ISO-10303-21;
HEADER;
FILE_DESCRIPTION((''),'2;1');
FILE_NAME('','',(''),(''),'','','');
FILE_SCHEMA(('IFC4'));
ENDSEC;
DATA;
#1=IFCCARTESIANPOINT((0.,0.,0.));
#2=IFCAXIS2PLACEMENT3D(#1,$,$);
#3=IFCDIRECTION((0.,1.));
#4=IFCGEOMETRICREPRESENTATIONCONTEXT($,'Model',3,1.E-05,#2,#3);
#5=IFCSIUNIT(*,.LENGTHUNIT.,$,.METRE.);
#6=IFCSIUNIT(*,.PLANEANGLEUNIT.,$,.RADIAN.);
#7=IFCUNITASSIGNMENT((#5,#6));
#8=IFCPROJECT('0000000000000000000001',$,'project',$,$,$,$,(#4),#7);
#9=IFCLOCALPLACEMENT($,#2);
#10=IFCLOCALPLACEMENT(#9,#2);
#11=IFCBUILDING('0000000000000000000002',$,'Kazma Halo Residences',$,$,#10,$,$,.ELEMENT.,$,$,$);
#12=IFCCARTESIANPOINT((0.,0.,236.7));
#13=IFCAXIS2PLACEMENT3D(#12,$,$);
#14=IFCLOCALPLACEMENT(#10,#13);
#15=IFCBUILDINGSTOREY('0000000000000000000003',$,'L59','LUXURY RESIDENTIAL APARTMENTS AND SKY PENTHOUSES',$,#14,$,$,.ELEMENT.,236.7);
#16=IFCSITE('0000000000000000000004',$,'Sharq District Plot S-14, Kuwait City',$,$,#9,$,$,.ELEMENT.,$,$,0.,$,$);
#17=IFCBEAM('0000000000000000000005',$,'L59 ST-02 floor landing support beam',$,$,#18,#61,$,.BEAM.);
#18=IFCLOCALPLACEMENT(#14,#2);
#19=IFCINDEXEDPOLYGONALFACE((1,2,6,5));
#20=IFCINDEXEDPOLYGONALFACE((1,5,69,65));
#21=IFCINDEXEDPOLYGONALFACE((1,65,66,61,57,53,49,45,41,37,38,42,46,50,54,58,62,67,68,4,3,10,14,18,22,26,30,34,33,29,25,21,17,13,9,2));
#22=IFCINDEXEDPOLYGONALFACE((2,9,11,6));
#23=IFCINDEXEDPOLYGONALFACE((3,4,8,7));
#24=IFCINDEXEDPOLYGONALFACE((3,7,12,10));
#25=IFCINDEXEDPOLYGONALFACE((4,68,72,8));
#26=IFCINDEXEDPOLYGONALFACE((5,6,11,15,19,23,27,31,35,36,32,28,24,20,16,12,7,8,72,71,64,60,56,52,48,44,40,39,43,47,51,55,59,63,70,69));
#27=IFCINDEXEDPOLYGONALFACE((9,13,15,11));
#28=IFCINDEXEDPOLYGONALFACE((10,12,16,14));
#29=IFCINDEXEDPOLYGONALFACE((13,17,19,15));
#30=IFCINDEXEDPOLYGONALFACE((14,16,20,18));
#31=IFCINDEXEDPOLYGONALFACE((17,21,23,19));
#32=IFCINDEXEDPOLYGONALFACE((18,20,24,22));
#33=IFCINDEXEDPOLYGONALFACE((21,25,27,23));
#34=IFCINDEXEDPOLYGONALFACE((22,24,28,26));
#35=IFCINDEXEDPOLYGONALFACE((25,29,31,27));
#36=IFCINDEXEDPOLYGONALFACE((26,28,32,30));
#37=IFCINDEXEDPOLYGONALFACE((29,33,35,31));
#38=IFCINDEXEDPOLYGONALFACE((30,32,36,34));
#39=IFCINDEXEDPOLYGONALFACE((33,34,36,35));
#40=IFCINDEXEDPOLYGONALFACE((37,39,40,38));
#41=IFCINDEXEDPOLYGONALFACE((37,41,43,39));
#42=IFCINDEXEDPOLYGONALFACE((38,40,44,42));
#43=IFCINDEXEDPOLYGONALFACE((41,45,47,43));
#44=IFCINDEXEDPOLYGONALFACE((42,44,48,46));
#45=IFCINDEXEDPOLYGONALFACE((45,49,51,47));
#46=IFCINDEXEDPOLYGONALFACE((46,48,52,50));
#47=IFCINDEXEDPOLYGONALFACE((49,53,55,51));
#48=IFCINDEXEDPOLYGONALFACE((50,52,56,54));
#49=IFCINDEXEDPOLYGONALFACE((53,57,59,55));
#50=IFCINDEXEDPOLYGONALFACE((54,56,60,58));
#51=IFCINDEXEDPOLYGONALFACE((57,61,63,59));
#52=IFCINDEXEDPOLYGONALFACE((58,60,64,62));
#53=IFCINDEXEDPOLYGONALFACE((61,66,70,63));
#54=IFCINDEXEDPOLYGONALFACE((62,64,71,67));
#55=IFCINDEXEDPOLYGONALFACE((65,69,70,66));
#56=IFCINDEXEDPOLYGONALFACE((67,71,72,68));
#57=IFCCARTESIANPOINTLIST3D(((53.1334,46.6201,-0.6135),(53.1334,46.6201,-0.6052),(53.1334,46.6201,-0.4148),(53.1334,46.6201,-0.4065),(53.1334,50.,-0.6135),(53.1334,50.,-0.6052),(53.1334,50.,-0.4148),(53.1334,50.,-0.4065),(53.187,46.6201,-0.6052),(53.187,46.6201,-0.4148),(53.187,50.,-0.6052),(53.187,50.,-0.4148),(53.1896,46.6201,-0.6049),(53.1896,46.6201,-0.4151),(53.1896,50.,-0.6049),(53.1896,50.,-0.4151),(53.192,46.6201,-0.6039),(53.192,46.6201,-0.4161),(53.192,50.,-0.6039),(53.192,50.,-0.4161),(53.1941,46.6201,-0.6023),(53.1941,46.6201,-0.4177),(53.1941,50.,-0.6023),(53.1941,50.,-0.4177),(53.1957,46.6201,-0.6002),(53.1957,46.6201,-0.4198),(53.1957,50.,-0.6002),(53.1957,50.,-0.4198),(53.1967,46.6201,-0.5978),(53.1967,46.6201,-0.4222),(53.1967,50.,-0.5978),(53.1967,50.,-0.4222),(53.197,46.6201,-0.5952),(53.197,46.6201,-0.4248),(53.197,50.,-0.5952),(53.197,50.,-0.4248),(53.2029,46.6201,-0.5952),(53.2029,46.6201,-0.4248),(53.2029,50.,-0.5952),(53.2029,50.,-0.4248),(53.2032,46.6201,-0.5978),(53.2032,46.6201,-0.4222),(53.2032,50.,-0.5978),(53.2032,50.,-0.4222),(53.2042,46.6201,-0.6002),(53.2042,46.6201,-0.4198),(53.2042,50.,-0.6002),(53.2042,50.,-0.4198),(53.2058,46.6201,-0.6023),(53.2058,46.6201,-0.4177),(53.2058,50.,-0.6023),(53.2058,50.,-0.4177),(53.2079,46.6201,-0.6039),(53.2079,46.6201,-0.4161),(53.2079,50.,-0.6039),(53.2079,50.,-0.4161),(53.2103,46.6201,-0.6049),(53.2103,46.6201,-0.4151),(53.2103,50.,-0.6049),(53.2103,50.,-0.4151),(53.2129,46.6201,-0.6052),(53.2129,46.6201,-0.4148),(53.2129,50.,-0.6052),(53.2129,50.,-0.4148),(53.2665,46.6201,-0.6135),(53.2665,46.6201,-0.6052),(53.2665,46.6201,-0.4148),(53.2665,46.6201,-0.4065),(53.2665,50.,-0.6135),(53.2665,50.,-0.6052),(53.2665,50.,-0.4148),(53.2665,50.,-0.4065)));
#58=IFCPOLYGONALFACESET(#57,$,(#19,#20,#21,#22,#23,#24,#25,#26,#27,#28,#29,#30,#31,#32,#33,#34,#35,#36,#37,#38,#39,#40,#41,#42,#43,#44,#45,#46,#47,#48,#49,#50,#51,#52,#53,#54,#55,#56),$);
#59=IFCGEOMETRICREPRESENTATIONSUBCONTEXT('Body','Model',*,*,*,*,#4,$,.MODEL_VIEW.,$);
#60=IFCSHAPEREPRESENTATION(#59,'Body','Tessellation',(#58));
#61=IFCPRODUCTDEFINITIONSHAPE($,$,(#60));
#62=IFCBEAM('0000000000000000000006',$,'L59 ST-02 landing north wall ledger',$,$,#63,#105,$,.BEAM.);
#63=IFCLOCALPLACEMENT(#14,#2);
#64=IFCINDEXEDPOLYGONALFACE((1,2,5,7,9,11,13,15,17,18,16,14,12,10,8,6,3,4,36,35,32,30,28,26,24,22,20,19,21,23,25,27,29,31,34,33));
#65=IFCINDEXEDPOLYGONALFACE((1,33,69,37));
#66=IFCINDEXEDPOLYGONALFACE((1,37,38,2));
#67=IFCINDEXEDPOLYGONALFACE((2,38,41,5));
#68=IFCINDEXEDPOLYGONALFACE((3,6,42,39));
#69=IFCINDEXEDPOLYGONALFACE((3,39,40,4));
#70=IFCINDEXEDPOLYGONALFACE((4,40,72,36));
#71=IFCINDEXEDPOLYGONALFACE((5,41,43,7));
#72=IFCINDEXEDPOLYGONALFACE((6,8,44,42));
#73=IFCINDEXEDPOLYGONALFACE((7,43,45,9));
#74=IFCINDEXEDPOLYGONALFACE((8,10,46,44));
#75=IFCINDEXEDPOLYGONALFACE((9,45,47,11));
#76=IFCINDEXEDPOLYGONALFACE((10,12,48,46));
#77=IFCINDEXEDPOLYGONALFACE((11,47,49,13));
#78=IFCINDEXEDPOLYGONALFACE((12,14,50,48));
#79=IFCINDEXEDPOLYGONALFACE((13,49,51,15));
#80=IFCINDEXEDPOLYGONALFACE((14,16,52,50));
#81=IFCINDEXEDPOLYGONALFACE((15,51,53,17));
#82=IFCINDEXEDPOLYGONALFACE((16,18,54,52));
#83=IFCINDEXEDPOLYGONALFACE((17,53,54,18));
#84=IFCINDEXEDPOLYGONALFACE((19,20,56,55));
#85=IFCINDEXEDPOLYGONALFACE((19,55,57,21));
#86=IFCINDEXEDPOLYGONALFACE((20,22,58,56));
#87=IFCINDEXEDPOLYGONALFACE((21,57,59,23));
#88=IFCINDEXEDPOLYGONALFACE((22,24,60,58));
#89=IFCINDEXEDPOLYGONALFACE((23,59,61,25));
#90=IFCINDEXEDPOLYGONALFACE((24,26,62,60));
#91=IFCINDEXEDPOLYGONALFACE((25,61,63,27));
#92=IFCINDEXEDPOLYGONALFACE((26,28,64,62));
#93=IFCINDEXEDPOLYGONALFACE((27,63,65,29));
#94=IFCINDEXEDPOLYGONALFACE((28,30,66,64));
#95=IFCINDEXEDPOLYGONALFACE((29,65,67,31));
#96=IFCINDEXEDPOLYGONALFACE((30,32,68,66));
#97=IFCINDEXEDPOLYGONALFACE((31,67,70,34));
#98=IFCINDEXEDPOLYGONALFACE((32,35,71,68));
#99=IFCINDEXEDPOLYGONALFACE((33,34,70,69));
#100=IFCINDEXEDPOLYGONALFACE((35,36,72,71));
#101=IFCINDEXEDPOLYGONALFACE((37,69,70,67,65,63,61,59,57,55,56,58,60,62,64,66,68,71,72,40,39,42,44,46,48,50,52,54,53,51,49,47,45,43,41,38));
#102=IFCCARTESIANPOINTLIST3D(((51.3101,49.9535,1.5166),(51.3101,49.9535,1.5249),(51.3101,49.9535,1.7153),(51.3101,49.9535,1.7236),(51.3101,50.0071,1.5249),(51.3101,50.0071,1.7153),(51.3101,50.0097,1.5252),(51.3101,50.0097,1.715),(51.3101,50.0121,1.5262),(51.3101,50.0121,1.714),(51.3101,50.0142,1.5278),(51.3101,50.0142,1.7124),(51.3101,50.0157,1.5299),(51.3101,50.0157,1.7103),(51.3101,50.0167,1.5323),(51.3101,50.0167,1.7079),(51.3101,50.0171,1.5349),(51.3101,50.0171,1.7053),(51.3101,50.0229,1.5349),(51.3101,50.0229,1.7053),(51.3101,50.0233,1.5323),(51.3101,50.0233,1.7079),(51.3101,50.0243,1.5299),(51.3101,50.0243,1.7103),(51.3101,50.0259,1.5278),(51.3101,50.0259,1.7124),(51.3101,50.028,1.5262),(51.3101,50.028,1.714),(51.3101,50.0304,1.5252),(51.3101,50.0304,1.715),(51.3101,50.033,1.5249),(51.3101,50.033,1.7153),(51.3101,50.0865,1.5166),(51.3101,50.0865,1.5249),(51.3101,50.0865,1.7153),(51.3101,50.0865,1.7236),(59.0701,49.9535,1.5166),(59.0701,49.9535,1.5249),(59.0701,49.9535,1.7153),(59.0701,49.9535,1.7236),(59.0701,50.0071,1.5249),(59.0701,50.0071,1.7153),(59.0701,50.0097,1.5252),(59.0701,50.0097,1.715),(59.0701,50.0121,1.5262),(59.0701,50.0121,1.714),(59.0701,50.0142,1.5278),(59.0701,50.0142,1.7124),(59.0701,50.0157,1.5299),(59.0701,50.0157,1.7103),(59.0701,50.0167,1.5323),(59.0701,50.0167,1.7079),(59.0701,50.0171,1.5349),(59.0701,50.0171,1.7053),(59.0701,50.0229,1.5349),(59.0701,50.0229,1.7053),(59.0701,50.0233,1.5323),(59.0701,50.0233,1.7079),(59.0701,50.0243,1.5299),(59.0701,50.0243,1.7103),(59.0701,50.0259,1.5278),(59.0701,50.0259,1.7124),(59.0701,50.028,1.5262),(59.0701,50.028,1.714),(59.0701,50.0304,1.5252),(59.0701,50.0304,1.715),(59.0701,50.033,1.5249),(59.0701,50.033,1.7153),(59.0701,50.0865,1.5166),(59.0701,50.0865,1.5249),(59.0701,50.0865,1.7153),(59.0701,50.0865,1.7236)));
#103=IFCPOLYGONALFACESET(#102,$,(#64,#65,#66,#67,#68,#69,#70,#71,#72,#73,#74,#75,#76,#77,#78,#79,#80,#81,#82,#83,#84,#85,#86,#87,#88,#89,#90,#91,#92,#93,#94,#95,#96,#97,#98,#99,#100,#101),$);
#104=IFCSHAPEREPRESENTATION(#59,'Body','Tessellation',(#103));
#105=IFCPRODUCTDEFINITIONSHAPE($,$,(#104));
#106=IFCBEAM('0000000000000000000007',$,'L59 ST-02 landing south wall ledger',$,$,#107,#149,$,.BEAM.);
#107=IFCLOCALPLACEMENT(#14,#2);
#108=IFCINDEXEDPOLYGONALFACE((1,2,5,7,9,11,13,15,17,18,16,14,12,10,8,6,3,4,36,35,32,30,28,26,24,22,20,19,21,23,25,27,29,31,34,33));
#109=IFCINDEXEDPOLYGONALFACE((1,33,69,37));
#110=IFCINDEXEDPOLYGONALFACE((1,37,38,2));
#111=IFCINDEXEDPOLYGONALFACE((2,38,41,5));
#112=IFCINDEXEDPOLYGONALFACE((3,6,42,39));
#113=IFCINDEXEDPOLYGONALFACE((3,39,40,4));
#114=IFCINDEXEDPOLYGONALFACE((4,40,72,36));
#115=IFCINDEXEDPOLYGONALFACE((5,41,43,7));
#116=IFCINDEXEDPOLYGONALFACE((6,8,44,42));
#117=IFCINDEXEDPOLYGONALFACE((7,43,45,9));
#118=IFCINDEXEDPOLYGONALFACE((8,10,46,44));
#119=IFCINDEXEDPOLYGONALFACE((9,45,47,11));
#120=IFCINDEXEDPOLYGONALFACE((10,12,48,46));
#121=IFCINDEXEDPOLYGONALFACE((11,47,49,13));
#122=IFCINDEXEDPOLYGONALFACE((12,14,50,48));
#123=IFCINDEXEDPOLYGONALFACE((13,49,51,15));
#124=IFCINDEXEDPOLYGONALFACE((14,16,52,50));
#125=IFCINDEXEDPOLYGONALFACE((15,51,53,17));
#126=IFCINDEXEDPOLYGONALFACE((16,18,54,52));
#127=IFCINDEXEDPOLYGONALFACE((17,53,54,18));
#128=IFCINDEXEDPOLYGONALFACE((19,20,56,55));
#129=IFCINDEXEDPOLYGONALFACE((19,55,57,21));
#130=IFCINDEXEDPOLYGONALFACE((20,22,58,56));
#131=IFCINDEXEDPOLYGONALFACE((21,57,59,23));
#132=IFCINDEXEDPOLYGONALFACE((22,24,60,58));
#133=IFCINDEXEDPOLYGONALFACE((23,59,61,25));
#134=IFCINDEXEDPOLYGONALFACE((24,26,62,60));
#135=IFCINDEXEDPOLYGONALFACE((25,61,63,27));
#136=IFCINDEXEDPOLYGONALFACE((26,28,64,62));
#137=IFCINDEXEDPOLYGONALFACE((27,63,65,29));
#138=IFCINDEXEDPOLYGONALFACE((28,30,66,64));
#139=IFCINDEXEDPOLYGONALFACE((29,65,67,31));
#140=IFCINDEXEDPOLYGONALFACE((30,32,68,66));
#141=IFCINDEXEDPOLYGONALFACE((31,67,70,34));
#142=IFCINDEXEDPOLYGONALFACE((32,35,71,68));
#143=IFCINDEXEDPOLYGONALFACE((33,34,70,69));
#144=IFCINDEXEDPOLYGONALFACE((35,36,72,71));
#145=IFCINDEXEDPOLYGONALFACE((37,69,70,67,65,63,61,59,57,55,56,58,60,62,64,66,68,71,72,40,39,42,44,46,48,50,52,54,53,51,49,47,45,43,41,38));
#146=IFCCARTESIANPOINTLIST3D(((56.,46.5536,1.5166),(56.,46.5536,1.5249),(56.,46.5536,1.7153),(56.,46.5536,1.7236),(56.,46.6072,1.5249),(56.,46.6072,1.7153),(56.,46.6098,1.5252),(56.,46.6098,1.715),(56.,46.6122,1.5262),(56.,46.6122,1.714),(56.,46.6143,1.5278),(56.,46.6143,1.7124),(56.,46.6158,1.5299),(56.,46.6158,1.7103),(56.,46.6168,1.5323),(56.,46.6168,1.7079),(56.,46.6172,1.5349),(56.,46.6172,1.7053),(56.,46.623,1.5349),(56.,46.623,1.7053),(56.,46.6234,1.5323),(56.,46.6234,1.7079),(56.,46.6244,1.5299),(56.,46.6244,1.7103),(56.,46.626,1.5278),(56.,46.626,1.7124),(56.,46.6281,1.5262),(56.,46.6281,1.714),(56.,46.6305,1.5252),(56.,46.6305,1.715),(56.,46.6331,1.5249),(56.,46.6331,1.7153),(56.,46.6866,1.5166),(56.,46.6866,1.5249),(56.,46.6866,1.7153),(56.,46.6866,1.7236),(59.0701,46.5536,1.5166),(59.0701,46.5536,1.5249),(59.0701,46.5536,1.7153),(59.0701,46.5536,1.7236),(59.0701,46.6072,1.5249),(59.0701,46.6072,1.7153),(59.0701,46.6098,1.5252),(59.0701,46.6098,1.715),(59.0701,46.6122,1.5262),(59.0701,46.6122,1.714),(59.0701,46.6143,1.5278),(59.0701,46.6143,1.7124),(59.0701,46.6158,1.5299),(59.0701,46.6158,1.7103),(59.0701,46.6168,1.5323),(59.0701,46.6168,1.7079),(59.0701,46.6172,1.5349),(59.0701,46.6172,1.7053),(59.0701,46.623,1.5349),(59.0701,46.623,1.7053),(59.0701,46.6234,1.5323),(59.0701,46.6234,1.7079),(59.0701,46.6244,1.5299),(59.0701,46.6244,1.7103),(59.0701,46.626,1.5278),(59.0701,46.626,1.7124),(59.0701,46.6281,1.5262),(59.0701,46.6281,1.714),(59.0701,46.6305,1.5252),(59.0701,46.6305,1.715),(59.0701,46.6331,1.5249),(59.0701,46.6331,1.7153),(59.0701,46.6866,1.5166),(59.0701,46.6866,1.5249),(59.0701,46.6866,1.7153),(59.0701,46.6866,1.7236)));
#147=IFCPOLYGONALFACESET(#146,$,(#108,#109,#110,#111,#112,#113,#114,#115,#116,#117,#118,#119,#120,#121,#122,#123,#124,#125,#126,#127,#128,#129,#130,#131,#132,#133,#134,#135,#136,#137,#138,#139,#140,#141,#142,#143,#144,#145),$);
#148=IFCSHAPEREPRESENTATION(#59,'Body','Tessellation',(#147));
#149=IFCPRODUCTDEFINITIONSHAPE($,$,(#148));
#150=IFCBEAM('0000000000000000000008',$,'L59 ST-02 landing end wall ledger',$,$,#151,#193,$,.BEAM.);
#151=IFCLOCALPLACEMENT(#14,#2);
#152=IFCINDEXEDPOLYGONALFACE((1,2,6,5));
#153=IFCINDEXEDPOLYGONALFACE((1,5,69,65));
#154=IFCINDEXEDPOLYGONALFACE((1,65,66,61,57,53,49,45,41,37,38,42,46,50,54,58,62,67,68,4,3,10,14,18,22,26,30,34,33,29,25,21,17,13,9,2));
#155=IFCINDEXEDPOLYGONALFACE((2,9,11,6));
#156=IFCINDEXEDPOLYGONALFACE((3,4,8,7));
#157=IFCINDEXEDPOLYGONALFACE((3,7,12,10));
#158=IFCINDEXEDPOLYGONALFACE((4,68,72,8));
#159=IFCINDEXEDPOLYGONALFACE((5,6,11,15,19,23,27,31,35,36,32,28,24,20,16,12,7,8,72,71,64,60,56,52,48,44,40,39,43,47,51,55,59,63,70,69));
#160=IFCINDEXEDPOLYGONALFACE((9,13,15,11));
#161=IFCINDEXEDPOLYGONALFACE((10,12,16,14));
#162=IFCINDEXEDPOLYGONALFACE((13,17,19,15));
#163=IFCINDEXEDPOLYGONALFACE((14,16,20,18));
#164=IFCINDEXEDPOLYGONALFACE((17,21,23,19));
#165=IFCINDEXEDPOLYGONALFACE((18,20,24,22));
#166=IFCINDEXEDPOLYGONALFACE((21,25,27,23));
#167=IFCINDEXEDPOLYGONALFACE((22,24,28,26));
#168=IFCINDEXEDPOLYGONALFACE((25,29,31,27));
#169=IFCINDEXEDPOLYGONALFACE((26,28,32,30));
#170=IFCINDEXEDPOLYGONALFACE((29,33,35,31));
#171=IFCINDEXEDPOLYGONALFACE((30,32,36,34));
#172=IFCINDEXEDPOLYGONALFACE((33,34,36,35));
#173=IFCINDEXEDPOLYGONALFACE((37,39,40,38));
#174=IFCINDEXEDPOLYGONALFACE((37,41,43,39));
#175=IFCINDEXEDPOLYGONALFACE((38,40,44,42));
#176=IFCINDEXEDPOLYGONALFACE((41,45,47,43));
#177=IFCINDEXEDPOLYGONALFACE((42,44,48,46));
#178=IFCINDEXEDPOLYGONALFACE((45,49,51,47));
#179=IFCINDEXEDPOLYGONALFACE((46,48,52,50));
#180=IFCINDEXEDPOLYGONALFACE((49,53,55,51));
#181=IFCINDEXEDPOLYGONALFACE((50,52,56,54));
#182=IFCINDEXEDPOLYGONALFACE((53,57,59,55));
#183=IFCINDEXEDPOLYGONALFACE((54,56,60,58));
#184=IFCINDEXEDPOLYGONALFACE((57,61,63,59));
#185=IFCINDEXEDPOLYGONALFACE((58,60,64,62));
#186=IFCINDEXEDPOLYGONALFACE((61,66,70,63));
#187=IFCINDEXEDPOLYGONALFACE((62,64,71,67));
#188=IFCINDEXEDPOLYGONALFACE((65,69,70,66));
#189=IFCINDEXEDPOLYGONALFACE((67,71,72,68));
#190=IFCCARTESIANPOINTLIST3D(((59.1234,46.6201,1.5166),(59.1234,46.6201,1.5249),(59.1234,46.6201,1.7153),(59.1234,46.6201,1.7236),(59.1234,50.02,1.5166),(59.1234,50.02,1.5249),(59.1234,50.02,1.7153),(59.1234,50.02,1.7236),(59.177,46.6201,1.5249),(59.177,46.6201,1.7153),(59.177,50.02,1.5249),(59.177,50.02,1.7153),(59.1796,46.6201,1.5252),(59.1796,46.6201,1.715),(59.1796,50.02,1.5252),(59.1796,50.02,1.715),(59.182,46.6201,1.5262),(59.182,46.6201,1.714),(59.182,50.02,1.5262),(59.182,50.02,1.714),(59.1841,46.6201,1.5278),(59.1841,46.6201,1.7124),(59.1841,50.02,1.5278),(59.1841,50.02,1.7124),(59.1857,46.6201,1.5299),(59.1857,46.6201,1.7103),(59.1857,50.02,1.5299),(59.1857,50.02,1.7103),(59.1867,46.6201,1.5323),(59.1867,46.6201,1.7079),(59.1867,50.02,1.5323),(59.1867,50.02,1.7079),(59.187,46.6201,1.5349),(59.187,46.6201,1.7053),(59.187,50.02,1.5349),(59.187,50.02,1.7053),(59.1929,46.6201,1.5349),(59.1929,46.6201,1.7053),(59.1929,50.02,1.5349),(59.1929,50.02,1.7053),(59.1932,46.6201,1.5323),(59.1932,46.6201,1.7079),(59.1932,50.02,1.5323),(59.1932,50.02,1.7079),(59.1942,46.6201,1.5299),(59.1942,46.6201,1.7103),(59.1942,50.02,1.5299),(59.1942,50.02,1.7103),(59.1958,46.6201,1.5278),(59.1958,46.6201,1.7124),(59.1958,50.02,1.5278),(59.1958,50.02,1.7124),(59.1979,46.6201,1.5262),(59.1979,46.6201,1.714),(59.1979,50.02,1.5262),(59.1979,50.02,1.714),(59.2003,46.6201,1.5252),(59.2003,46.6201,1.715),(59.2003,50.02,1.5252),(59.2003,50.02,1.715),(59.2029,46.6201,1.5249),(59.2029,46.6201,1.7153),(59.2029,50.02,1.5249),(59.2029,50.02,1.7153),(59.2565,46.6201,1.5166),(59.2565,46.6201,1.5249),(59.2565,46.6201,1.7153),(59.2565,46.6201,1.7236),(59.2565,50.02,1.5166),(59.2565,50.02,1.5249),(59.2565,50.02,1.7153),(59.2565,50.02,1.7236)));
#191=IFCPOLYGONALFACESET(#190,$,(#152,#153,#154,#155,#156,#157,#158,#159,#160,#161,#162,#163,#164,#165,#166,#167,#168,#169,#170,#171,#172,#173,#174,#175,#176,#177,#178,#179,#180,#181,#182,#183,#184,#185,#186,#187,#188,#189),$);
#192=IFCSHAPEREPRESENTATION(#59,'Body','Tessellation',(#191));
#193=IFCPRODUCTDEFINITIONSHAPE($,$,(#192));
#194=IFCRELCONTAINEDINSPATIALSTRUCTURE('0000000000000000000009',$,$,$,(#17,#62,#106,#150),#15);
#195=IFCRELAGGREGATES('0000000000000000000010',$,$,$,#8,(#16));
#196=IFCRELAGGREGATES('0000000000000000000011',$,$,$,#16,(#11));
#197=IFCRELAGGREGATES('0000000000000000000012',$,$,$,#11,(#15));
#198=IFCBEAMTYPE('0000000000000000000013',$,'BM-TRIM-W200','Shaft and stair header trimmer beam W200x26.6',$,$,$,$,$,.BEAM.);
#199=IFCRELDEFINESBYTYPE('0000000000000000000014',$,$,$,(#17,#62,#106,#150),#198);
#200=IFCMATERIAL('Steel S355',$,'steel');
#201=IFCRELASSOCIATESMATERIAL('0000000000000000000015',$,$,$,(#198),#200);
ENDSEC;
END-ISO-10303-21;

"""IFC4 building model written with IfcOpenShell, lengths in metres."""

from ifc_helpers import new_model, si_unit, direction, frame, origin, origin_2d, place, context, subcontext, project, spatial, i_section, extrude, material, material_profile, profile_set, type_object, element, save


model = new_model("IFC4")

# Units and contexts
model_context = context("Model", 3, precision=1e-05, world=origin(), true_north=direction((0.0, 1.0)))
body_context = subcontext(model_context, "Body", "Model", "MODEL_VIEW")
ifc_project = project(units=[si_unit("LENGTHUNIT", "METRE"), si_unit("PLANEANGLEUNIT", "RADIAN")], contexts=[model_context])

# Site, building, storey
site_placement = place(None, origin())
site = spatial("IfcSite", under=ifc_project, at=site_placement, Name="Sharq District Plot S-14, Kuwait City", CompositionType="ELEMENT", RefElevation=0.0)
building_placement = place(site_placement, origin())
building = spatial("IfcBuilding", under=site, at=building_placement, Name="Kazma Halo Residences", CompositionType="ELEMENT")
storey_placement = place(building_placement, frame((0.0, 0.0, 236.7)))
storey = spatial("IfcBuildingStorey", under=building, at=storey_placement, Name="L59", Description="LUXURY RESIDENTIAL APARTMENTS AND SKY PENTHOUSES", CompositionType="ELEMENT", Elevation=236.7)

# Shared definitions
ifc_material_1 = material(Name="Steel S355", Category="steel")

# Beams
ifc_material_profile_1 = material_profile(ifc_material_1, i_section(OverallWidth=0.1331, OverallDepth=0.207, WebThickness=0.0059, FlangeThickness=0.0083, FilletRadius=0.01, at=origin_2d()), Name="W200x26.6")
ifc_profile_set_1 = profile_set([ifc_material_profile_1], Name="Steel S355")
beam_type_1 = type_object("IfcBeamType", Name="BM-TRIM-W200", Description="Shaft and stair header trimmer beam W200x26.6", PredefinedType="BEAM", material=ifc_profile_set_1)
beam_1_placement = place(storey_placement, frame((53.2, 46.6201, -0.51), z_axis=(0.0, 1.0, 0.0), x_axis=(-1.0, 0.0, 0.0)))
element("IfcBeam", 1, at=beam_1_placement, inside=storey, type_object=beam_type_1, Name="L59 ST-02 floor landing support beam", PredefinedType="BEAM", context=body_context, shape_type="SweptSolid", body=[
    extrude(i_section(OverallWidth=0.1331, OverallDepth=0.207, WebThickness=0.0059, FlangeThickness=0.0083, FilletRadius=0.01, at=origin_2d()), origin(), (0.0, 0.0, 1.0), 3.3799),
])
beam_2_placement = place(storey_placement, frame((51.3101, 50.02, 1.6201), z_axis=(1.0, 0.0, 0.0), x_axis=(0.0, 1.0, 0.0)))
element("IfcBeam", 2, at=beam_2_placement, inside=storey, type_object=beam_type_1, Name="L59 ST-02 landing north wall ledger", PredefinedType="BEAM", context=body_context, shape_type="SweptSolid", body=[
    extrude(i_section(OverallWidth=0.1331, OverallDepth=0.207, WebThickness=0.0059, FlangeThickness=0.0083, FilletRadius=0.01, at=origin_2d()), origin(), (0.0, 0.0, 1.0), 7.76),
])
beam_3_placement = place(storey_placement, frame((56.0, 46.6201, 1.6201), z_axis=(1.0, 0.0, 0.0), x_axis=(0.0, 1.0, 0.0)))
element("IfcBeam", 3, at=beam_3_placement, inside=storey, type_object=beam_type_1, Name="L59 ST-02 landing south wall ledger", PredefinedType="BEAM", context=body_context, shape_type="SweptSolid", body=[
    extrude(i_section(OverallWidth=0.1331, OverallDepth=0.207, WebThickness=0.0059, FlangeThickness=0.0083, FilletRadius=0.01, at=origin_2d()), origin(), (0.0, 0.0, 1.0), 3.0701),
])
beam_4_placement = place(storey_placement, frame((59.1899, 46.6201, 1.6201), z_axis=(0.0, 1.0, 0.0), x_axis=(-1.0, 0.0, 0.0)))
element("IfcBeam", 4, at=beam_4_placement, inside=storey, type_object=beam_type_1, Name="L59 ST-02 landing end wall ledger", PredefinedType="BEAM", context=body_context, shape_type="SweptSolid", body=[
    extrude(i_section(OverallWidth=0.1331, OverallDepth=0.207, WebThickness=0.0059, FlangeThickness=0.0083, FilletRadius=0.01, at=origin_2d()), origin(), (0.0, 0.0, 1.0), 3.3999),
])

save(model, "model.ifc")
